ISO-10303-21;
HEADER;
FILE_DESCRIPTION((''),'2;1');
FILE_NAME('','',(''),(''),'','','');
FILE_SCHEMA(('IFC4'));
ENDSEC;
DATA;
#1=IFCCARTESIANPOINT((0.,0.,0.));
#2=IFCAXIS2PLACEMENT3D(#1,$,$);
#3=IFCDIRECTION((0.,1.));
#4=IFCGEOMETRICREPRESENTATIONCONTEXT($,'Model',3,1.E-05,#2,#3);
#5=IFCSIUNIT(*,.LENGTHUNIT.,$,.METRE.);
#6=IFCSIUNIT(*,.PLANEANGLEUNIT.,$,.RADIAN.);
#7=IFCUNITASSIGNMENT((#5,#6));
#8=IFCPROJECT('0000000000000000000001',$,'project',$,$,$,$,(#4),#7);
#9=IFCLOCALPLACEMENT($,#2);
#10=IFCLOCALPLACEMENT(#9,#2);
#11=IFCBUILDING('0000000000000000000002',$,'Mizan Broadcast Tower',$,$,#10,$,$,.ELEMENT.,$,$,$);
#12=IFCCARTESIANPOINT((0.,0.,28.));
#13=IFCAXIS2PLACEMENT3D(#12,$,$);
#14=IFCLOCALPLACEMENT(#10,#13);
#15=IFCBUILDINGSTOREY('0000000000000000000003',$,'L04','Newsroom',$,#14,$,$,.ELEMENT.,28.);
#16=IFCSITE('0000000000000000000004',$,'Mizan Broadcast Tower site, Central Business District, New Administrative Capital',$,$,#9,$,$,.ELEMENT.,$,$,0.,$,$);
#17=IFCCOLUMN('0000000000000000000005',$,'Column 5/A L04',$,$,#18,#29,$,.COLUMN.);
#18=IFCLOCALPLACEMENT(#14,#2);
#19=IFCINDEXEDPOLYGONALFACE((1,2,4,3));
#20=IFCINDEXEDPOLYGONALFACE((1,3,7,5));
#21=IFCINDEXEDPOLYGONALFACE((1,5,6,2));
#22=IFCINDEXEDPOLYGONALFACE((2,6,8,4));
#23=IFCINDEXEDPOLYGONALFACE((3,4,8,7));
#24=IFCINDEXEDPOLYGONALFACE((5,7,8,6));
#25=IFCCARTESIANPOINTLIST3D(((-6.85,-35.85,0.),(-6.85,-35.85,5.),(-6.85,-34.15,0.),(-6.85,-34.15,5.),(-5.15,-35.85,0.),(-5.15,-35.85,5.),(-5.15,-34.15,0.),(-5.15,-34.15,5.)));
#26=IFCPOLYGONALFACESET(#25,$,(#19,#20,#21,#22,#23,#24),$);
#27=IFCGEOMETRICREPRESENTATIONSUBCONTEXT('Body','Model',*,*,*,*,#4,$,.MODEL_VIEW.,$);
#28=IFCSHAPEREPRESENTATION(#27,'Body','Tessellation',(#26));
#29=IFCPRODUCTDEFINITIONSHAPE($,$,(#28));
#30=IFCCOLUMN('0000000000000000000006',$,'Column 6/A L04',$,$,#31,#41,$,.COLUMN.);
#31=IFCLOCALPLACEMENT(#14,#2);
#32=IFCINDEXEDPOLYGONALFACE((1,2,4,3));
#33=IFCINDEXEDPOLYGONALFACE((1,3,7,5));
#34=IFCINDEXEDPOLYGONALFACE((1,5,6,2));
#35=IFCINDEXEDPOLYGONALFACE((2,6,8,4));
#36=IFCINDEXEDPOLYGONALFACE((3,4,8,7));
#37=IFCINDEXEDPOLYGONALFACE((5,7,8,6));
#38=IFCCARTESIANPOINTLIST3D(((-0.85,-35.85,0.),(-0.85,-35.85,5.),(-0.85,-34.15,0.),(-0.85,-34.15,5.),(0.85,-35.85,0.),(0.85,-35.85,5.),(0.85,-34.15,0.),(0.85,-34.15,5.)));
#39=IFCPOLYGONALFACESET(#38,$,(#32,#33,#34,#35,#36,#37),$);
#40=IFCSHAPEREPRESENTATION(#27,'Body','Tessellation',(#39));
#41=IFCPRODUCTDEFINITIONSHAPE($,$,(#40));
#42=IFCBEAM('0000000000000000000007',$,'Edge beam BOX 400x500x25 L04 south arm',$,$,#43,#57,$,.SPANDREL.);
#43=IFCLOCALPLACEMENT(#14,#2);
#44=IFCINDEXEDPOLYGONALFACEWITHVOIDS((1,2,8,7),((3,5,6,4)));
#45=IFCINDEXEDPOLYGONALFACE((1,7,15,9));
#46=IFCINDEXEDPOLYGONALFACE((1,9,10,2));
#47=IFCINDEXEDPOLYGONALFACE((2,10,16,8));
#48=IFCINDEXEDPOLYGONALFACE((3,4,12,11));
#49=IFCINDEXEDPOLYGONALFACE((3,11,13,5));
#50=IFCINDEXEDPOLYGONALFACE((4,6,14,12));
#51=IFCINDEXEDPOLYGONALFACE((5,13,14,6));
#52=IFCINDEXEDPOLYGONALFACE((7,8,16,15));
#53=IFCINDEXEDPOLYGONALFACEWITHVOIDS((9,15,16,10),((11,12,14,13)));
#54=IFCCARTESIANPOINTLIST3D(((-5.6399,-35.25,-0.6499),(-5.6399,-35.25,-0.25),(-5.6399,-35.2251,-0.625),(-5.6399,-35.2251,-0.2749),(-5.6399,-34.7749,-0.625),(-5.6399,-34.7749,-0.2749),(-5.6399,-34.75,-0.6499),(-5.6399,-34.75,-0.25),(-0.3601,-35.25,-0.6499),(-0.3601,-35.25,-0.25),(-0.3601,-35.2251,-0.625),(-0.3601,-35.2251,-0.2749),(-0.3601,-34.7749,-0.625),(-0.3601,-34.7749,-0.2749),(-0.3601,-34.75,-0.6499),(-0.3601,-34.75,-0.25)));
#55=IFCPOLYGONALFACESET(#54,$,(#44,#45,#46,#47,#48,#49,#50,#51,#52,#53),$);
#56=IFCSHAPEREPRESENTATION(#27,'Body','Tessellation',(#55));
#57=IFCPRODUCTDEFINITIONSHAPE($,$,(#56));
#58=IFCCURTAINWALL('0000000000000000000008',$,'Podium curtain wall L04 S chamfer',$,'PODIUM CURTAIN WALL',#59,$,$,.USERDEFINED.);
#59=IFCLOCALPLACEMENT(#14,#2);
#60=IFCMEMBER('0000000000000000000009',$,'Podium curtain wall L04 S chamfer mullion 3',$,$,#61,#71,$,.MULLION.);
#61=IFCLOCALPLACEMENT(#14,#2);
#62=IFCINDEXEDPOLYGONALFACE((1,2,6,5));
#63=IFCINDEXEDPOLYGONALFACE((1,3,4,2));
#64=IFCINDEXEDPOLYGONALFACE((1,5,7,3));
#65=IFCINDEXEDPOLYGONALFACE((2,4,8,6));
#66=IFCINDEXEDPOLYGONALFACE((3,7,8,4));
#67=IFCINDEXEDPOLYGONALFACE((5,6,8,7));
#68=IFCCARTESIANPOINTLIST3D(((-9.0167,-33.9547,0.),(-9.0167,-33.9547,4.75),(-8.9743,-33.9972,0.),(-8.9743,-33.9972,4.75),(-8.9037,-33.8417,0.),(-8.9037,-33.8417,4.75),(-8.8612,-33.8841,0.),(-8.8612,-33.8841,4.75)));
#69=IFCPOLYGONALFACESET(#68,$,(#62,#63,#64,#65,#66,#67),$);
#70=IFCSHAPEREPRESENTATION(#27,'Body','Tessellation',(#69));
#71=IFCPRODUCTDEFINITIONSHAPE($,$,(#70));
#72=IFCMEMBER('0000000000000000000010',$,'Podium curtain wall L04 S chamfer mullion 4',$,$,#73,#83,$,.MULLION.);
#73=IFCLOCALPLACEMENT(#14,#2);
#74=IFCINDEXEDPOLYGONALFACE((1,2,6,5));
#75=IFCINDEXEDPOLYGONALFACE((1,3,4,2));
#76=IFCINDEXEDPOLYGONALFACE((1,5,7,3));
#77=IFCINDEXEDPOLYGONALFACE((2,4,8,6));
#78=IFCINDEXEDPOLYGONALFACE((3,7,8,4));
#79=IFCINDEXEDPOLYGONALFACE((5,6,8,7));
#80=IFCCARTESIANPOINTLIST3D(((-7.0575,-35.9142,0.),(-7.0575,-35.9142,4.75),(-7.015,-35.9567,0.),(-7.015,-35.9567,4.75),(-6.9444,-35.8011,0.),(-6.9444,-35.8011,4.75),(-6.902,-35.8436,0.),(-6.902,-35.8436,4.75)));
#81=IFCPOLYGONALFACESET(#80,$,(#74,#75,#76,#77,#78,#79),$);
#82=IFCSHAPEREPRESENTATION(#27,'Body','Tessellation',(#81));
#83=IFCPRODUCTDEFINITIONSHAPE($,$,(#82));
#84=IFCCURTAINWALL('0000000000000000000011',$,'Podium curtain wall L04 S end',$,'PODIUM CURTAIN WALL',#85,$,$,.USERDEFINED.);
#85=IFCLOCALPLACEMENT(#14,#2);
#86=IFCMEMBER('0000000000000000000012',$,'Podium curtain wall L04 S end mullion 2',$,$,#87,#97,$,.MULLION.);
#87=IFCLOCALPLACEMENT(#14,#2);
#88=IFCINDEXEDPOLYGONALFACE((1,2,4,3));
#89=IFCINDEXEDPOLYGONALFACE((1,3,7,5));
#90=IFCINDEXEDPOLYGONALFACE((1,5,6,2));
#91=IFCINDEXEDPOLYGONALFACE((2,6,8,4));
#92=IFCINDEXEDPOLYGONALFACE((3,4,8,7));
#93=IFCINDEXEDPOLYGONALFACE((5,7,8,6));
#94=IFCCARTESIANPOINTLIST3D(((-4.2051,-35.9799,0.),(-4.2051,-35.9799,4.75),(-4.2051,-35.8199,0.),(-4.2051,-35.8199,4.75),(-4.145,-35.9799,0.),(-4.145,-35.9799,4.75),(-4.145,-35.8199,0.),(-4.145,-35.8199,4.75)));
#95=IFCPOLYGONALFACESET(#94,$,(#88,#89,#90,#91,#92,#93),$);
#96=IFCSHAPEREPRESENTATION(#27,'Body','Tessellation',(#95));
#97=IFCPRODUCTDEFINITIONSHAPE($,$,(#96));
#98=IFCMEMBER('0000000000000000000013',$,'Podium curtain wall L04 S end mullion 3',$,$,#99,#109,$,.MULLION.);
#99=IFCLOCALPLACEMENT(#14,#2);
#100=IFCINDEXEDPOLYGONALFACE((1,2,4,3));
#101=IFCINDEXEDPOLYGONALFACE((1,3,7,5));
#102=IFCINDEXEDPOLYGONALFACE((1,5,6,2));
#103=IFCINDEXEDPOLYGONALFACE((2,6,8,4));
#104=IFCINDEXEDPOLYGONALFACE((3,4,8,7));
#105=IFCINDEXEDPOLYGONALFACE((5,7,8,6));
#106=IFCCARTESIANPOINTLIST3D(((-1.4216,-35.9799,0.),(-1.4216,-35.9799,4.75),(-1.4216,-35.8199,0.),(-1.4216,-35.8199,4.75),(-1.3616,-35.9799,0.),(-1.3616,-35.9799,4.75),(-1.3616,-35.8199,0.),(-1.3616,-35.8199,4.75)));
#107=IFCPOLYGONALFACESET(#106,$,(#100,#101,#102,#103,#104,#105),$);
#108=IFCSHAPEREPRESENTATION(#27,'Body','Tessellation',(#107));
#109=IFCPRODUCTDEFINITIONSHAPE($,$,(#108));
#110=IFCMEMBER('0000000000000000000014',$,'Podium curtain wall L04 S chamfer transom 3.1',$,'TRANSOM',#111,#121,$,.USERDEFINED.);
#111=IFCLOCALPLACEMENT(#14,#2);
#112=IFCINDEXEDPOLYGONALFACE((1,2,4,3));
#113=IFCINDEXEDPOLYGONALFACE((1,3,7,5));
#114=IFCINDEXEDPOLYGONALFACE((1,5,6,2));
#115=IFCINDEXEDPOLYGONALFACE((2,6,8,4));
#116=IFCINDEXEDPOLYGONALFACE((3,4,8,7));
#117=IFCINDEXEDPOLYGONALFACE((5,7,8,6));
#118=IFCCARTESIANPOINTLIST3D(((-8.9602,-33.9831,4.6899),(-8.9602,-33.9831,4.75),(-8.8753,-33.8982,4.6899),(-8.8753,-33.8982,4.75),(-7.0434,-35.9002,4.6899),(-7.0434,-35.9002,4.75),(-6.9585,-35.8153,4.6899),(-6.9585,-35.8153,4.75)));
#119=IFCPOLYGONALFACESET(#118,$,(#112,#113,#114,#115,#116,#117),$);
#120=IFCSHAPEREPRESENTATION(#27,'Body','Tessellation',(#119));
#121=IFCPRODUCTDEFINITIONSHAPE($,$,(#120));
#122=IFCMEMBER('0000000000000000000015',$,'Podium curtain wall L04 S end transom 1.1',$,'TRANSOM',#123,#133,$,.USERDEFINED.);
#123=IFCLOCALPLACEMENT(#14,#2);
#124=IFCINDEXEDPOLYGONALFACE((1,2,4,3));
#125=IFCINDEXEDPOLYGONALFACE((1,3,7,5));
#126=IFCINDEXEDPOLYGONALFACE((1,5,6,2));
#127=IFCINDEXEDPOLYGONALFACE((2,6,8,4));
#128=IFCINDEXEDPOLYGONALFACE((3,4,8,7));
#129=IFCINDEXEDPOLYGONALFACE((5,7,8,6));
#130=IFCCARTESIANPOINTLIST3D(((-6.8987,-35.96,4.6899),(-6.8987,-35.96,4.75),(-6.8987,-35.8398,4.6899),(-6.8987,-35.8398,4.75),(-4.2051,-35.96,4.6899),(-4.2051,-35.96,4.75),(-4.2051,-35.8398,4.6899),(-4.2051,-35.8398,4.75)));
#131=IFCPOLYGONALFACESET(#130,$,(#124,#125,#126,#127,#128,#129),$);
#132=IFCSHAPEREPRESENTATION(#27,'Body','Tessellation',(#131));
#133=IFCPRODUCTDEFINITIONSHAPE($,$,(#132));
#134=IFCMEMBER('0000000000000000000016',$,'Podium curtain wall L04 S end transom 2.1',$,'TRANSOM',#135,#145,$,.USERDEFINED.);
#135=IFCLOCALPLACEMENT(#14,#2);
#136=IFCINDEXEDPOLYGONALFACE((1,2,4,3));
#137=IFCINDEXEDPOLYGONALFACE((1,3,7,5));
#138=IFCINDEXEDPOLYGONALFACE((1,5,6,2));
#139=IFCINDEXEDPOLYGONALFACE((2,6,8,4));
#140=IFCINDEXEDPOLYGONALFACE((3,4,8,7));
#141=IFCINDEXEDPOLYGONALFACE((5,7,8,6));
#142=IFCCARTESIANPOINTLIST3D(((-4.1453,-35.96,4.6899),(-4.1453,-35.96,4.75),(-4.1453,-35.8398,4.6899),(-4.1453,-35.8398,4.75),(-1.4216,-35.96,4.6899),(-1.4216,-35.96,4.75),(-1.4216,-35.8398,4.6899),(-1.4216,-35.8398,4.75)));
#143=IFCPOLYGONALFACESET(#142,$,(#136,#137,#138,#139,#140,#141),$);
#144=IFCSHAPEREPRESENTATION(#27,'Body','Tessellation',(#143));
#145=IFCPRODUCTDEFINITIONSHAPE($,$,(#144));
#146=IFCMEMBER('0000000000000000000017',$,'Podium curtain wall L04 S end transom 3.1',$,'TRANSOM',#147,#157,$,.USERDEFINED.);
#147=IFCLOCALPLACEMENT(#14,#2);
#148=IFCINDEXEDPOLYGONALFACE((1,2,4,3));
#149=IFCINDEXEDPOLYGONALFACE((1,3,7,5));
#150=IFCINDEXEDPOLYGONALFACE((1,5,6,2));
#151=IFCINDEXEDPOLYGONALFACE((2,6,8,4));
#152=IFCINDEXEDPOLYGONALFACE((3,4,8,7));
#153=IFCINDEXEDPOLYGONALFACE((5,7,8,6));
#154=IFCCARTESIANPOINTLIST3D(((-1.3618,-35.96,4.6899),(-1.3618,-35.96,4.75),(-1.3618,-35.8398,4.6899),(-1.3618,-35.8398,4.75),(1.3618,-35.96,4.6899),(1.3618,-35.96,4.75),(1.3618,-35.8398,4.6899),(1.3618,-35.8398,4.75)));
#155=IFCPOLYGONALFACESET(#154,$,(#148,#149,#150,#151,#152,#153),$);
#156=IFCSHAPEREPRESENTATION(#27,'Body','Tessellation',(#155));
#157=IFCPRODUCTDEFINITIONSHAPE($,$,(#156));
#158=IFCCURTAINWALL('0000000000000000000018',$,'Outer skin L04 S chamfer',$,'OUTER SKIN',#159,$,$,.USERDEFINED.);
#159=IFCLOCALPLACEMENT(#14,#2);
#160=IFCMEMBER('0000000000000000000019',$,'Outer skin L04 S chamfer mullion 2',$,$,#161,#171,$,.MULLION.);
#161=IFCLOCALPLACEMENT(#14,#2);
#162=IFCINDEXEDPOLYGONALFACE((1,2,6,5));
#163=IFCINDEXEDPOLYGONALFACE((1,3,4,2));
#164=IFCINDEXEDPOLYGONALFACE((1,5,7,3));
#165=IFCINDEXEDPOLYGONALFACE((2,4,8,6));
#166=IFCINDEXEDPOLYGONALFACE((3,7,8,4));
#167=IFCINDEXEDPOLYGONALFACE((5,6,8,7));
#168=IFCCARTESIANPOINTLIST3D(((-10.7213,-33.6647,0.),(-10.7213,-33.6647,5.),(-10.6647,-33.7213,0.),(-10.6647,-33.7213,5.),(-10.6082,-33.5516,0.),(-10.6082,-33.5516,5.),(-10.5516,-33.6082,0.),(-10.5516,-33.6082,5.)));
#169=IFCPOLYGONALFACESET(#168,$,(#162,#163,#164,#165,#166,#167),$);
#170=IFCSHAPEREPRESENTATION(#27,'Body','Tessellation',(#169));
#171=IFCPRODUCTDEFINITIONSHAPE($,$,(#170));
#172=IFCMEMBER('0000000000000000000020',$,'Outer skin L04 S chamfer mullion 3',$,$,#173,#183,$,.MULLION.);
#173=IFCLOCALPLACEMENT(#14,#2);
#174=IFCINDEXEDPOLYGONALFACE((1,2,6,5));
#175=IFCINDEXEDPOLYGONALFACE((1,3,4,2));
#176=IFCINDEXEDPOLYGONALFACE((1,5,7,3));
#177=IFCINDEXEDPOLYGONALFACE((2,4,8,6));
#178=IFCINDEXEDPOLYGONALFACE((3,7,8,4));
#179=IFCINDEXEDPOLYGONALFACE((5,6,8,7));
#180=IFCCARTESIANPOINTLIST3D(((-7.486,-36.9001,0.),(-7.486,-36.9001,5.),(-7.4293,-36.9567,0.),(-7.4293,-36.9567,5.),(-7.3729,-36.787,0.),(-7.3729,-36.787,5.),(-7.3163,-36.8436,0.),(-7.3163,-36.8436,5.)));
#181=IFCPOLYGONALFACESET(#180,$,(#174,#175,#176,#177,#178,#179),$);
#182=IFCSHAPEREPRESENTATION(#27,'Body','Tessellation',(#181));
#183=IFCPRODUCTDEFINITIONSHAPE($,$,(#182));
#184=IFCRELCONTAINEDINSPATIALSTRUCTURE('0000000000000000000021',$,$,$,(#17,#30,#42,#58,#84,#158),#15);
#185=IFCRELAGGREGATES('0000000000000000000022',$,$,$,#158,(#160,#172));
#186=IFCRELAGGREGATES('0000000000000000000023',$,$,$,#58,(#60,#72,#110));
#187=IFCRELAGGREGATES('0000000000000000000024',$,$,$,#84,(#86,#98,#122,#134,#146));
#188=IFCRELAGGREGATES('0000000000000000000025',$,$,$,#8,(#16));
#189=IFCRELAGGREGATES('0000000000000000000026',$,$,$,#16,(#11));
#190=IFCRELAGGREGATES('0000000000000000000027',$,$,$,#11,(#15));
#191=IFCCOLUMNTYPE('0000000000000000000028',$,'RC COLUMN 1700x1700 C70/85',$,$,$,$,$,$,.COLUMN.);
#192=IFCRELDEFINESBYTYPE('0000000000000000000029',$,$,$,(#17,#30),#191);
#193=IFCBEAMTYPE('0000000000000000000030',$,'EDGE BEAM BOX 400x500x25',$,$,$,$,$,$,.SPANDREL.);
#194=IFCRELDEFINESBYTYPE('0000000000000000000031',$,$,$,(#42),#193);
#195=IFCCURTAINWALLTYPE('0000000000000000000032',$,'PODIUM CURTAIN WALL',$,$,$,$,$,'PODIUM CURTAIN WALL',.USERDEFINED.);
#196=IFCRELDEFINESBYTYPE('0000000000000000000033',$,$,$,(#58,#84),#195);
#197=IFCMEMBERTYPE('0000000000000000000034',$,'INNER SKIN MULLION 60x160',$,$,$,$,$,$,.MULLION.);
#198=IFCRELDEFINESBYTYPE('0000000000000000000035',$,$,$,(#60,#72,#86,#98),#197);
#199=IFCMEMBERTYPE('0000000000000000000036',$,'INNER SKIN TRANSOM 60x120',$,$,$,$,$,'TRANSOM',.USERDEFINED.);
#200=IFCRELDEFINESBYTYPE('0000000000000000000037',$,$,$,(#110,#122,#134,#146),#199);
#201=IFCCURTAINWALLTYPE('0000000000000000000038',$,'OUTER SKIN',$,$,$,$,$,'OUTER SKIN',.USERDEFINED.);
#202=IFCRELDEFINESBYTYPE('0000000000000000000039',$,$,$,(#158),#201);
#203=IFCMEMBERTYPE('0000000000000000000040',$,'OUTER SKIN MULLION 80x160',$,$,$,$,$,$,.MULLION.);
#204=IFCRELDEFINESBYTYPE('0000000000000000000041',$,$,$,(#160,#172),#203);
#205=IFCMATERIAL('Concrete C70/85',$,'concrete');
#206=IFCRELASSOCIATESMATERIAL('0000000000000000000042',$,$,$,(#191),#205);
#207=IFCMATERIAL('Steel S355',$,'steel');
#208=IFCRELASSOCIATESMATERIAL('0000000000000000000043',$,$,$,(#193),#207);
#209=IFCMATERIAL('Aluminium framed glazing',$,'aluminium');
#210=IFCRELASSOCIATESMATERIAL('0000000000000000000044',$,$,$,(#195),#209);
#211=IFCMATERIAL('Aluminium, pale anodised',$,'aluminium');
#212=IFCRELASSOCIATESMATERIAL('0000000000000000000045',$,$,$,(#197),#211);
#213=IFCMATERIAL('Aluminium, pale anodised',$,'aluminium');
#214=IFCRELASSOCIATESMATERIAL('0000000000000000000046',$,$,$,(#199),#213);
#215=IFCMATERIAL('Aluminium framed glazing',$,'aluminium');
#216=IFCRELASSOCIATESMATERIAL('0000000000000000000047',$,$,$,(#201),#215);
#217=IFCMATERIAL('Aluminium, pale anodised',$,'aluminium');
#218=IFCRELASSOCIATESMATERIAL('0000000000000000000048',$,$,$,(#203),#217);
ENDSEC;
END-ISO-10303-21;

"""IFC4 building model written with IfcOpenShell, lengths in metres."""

from ifc_helpers import new_model, si_unit, direction, frame, origin, origin_2d, place, context, subcontext, project, spatial, rectangle, hollow_rectangle, extrude, material, material_profile, profile_set, type_object, element, aggregate, save


model = new_model("IFC4")

# Units and contexts
model_context = context("Model", 3, precision=1e-05, world=origin(), true_north=direction((0.0, 1.0)))
body_context = subcontext(model_context, "Body", "Model", "MODEL_VIEW")
ifc_project = project(units=[si_unit("LENGTHUNIT", "METRE"), si_unit("PLANEANGLEUNIT", "RADIAN")], contexts=[model_context])

# Site, building, storey
site_placement = place(None, origin())
site = spatial("IfcSite", under=ifc_project, at=site_placement, Name="Mizan Broadcast Tower site, Central Business District, New Administrative Capital", CompositionType="ELEMENT", RefElevation=0.0)
building_placement = place(site_placement, origin())
building = spatial("IfcBuilding", under=site, at=building_placement, Name="Mizan Broadcast Tower", CompositionType="ELEMENT")
storey_placement = place(building_placement, frame((0.0, 0.0, 28.0)))
storey = spatial("IfcBuildingStorey", under=building, at=storey_placement, Name="L04", Description="Newsroom", CompositionType="ELEMENT", Elevation=28.0)

# Columns
ifc_material_1 = material(Name="Concrete C70/85", Category="concrete")
ifc_material_profile_1 = material_profile(ifc_material_1, rectangle(XDim=1.7, YDim=1.7, at=origin_2d()), Name="RC 1700x1700")
ifc_profile_set_1 = profile_set([ifc_material_profile_1], Name="Concrete C70/85")
column_type = type_object("IfcColumnType", Name="RC COLUMN 1700x1700 C70/85", PredefinedType="COLUMN", material=ifc_profile_set_1)
for number, where, z_axis, x_axis, name in (
    (1, (-6.0, -35.0, 0.0), (0.0, 0.0, 1.0), (1.0, 0.0, 0.0), "Column 5/A L04"),
    (2, (0.0, -35.0, 0.0), (0.0, 0.0, 1.0), (1.0, 0.0, 0.0), "Column 6/A L04"),
):
    element("IfcColumn", number, at=place(storey_placement, frame(where, z_axis=z_axis, x_axis=x_axis)), inside=storey, type_object=column_type, Name=name, PredefinedType="COLUMN", context=body_context, shape_type="SweptSolid", body=[
        extrude(rectangle(XDim=1.7, YDim=1.7, at=origin_2d()), origin(), (0.0, 0.0, 1.0), 5.0),
    ])

# Beam
ifc_material_2 = material(Name="Steel S355", Category="steel")
ifc_material_profile_2 = material_profile(ifc_material_2, hollow_rectangle(XDim=0.5, YDim=0.3999, WallThickness=0.0249, at=origin_2d()), Name="BOX 400x500x25")
ifc_profile_set_2 = profile_set([ifc_material_profile_2], Name="Steel S355")
beam_type = type_object("IfcBeamType", Name="EDGE BEAM BOX 400x500x25", PredefinedType="SPANDREL", material=ifc_profile_set_2)
beam_placement = place(storey_placement, frame((-5.6399, -35.0, -0.45), z_axis=(1.0, 0.0, 0.0), x_axis=(0.0, 1.0, 0.0)))
element("IfcBeam", 3, at=beam_placement, inside=storey, type_object=beam_type, Name="Edge beam BOX 400x500x25 L04 south arm", PredefinedType="SPANDREL", context=body_context, shape_type="SweptSolid", body=[
    extrude(hollow_rectangle(XDim=0.5, YDim=0.3999, WallThickness=0.0249, at=origin_2d()), origin(), (0.0, 0.0, 1.0), 5.2798),
])

# Curtain walls, members
ifc_material_3 = material(Name="Aluminium framed glazing", Category="aluminium")
curtain_wall_type_1 = type_object("IfcCurtainWallType", Name="PODIUM CURTAIN WALL", ElementType="PODIUM CURTAIN WALL", PredefinedType="USERDEFINED", material=ifc_material_3)
curtain_wall_1_placement = place(storey_placement, origin())
curtain_wall_1 = element("IfcCurtainWall", 4, at=curtain_wall_1_placement, inside=storey, type_object=curtain_wall_type_1, Name="Podium curtain wall L04 S chamfer", ObjectType="PODIUM CURTAIN WALL", PredefinedType="USERDEFINED")
ifc_material_4 = material(Name="Aluminium, pale anodised", Category="aluminium")
ifc_material_profile_3 = material_profile(ifc_material_4, rectangle(XDim=0.1599, YDim=0.0601, at=origin_2d()), Name="MULLION 160x60")
ifc_profile_set_3 = profile_set([ifc_material_profile_3], Name="Aluminium, pale anodised")
member_type_1 = type_object("IfcMemberType", Name="INNER SKIN MULLION 60x160", PredefinedType="MULLION", material=ifc_profile_set_3)
member_1_placement = place(storey_placement, frame((-8.939, -33.9194, 0.0), z_axis=(0.0, 0.0, 1.0), x_axis=(0.707107, 0.707107, 0.0)))
member_1 = element("IfcMember", 5, at=member_1_placement, type_object=member_type_1, Name="Podium curtain wall L04 S chamfer mullion 3", PredefinedType="MULLION", context=body_context, shape_type="SweptSolid", body=[
    extrude(rectangle(XDim=0.1599, YDim=0.0601, at=origin_2d()), origin(), (0.0, 0.0, 1.0), 4.75),
])
member_2_placement = place(storey_placement, frame((-6.9797, -35.8789, 0.0), z_axis=(0.0, 0.0, 1.0), x_axis=(0.707107, 0.707107, 0.0)))
member_2 = element("IfcMember", 6, at=member_2_placement, type_object=member_type_1, Name="Podium curtain wall L04 S chamfer mullion 4", PredefinedType="MULLION", context=body_context, shape_type="SweptSolid", body=[
    extrude(rectangle(XDim=0.1599, YDim=0.0601, at=origin_2d()), origin(), (0.0, 0.0, 1.0), 4.75),
])
curtain_wall_2_placement = place(storey_placement, origin())
curtain_wall_2 = element("IfcCurtainWall", 7, at=curtain_wall_2_placement, inside=storey, type_object=curtain_wall_type_1, Name="Podium curtain wall L04 S end", ObjectType="PODIUM CURTAIN WALL", PredefinedType="USERDEFINED")
member_3_placement = place(storey_placement, frame((-4.175, -35.8999, 0.0), z_axis=(0.0, 0.0, 1.0), x_axis=(0.0, 1.0, 0.0)))
member_3 = element("IfcMember", 8, at=member_3_placement, type_object=member_type_1, Name="Podium curtain wall L04 S end mullion 2", PredefinedType="MULLION", context=body_context, shape_type="SweptSolid", body=[
    extrude(rectangle(XDim=0.1599, YDim=0.0601, at=origin_2d()), origin(), (0.0, 0.0, 1.0), 4.75),
])
member_4_placement = place(storey_placement, frame((-1.3916, -35.8999, 0.0), z_axis=(0.0, 0.0, 1.0), x_axis=(0.0, 1.0, 0.0)))
member_4 = element("IfcMember", 9, at=member_4_placement, type_object=member_type_1, Name="Podium curtain wall L04 S end mullion 3", PredefinedType="MULLION", context=body_context, shape_type="SweptSolid", body=[
    extrude(rectangle(XDim=0.1599, YDim=0.0601, at=origin_2d()), origin(), (0.0, 0.0, 1.0), 4.75),
])

# Members
ifc_material_5 = material(Name="Aluminium, pale anodised", Category="aluminium")
ifc_material_profile_4 = material_profile(ifc_material_5, rectangle(XDim=0.1201, YDim=0.0601, at=origin_2d()), Name="TRANSOM 120x60")
ifc_profile_set_4 = profile_set([ifc_material_profile_4], Name="Aluminium, pale anodised")
member_type_2 = type_object("IfcMemberType", Name="INNER SKIN TRANSOM 60x120", ElementType="TRANSOM", PredefinedType="USERDEFINED", material=ifc_profile_set_4)
member_5_placement = place(storey_placement, frame((-8.9177, -33.9407, 4.72), z_axis=(0.707062, -0.707152, 0.0), x_axis=(0.707152, 0.707062, 0.0)))
member_5 = element("IfcMember", 10, at=member_5_placement, type_object=member_type_2, Name="Podium curtain wall L04 S chamfer transom 3.1", ObjectType="TRANSOM", PredefinedType="USERDEFINED", context=body_context, shape_type="SweptSolid", body=[
    extrude(rectangle(XDim=0.1201, YDim=0.0601, at=origin_2d()), origin(), (0.0, 0.0, 1.0), 2.7109),
])
member_6_placement = place(storey_placement, frame((-6.8987, -35.8999, 4.72), z_axis=(1.0, 0.0, 0.0), x_axis=(0.0, 1.0, 0.0)))
member_6 = element("IfcMember", 11, at=member_6_placement, type_object=member_type_2, Name="Podium curtain wall L04 S end transom 1.1", ObjectType="TRANSOM", PredefinedType="USERDEFINED", context=body_context, shape_type="SweptSolid", body=[
    extrude(rectangle(XDim=0.1201, YDim=0.0601, at=origin_2d()), origin(), (0.0, 0.0, 1.0), 2.6936),
])
member_7_placement = place(storey_placement, frame((-4.1453, -35.8999, 4.72), z_axis=(1.0, 0.0, 0.0), x_axis=(0.0, 1.0, 0.0)))
member_7 = element("IfcMember", 12, at=member_7_placement, type_object=member_type_2, Name="Podium curtain wall L04 S end transom 2.1", ObjectType="TRANSOM", PredefinedType="USERDEFINED", context=body_context, shape_type="SweptSolid", body=[
    extrude(rectangle(XDim=0.1201, YDim=0.0601, at=origin_2d()), origin(), (0.0, 0.0, 1.0), 2.7236),
])
member_8_placement = place(storey_placement, frame((-1.3618, -35.8999, 4.72), z_axis=(1.0, 0.0, 0.0), x_axis=(0.0, 1.0, 0.0)))
member_8 = element("IfcMember", 13, at=member_8_placement, type_object=member_type_2, Name="Podium curtain wall L04 S end transom 3.1", ObjectType="TRANSOM", PredefinedType="USERDEFINED", context=body_context, shape_type="SweptSolid", body=[
    extrude(rectangle(XDim=0.1201, YDim=0.0601, at=origin_2d()), origin(), (0.0, 0.0, 1.0), 2.7236),
])

# Curtain wall, members
ifc_material_6 = material(Name="Aluminium framed glazing", Category="aluminium")
curtain_wall_type_2 = type_object("IfcCurtainWallType", Name="OUTER SKIN", ElementType="OUTER SKIN", PredefinedType="USERDEFINED", material=ifc_material_6)
curtain_wall_3_placement = place(storey_placement, origin())
curtain_wall_3 = element("IfcCurtainWall", 14, at=curtain_wall_3_placement, inside=storey, type_object=curtain_wall_type_2, Name="Outer skin L04 S chamfer", ObjectType="OUTER SKIN", PredefinedType="USERDEFINED")
ifc_material_7 = material(Name="Aluminium, pale anodised", Category="aluminium")
ifc_material_profile_5 = material_profile(ifc_material_7, rectangle(XDim=0.1599, YDim=0.0801, at=origin_2d()), Name="MULLION 160x80")
ifc_profile_set_5 = profile_set([ifc_material_profile_5], Name="Aluminium, pale anodised")
member_type_3 = type_object("IfcMemberType", Name="OUTER SKIN MULLION 80x160", PredefinedType="MULLION", material=ifc_profile_set_5)
member_9_placement = place(storey_placement, frame((-10.6365, -33.6365, 0.0), z_axis=(0.0, 0.0, 1.0), x_axis=(0.707107, 0.707107, 0.0)))
member_9 = element("IfcMember", 15, at=member_9_placement, type_object=member_type_3, Name="Outer skin L04 S chamfer mullion 2", PredefinedType="MULLION", context=body_context, shape_type="SweptSolid", body=[
    extrude(rectangle(XDim=0.1599, YDim=0.0801, at=origin_2d()), origin(), (0.0, 0.0, 1.0), 5.0),
])
member_10_placement = place(storey_placement, frame((-7.4011, -36.8718, 0.0), z_axis=(0.0, 0.0, 1.0), x_axis=(0.707107, 0.707107, 0.0)))
member_10 = element("IfcMember", 16, at=member_10_placement, type_object=member_type_3, Name="Outer skin L04 S chamfer mullion 3", PredefinedType="MULLION", context=body_context, shape_type="SweptSolid", body=[
    extrude(rectangle(XDim=0.1599, YDim=0.0801, at=origin_2d()), origin(), (0.0, 0.0, 1.0), 5.0),
])

aggregate(curtain_wall_3, [member_9, member_10])
aggregate(curtain_wall_1, [member_1, member_2, member_5])
aggregate(curtain_wall_2, [member_3, member_4, member_6, member_7, member_8])

save(model, "model.ifc")
